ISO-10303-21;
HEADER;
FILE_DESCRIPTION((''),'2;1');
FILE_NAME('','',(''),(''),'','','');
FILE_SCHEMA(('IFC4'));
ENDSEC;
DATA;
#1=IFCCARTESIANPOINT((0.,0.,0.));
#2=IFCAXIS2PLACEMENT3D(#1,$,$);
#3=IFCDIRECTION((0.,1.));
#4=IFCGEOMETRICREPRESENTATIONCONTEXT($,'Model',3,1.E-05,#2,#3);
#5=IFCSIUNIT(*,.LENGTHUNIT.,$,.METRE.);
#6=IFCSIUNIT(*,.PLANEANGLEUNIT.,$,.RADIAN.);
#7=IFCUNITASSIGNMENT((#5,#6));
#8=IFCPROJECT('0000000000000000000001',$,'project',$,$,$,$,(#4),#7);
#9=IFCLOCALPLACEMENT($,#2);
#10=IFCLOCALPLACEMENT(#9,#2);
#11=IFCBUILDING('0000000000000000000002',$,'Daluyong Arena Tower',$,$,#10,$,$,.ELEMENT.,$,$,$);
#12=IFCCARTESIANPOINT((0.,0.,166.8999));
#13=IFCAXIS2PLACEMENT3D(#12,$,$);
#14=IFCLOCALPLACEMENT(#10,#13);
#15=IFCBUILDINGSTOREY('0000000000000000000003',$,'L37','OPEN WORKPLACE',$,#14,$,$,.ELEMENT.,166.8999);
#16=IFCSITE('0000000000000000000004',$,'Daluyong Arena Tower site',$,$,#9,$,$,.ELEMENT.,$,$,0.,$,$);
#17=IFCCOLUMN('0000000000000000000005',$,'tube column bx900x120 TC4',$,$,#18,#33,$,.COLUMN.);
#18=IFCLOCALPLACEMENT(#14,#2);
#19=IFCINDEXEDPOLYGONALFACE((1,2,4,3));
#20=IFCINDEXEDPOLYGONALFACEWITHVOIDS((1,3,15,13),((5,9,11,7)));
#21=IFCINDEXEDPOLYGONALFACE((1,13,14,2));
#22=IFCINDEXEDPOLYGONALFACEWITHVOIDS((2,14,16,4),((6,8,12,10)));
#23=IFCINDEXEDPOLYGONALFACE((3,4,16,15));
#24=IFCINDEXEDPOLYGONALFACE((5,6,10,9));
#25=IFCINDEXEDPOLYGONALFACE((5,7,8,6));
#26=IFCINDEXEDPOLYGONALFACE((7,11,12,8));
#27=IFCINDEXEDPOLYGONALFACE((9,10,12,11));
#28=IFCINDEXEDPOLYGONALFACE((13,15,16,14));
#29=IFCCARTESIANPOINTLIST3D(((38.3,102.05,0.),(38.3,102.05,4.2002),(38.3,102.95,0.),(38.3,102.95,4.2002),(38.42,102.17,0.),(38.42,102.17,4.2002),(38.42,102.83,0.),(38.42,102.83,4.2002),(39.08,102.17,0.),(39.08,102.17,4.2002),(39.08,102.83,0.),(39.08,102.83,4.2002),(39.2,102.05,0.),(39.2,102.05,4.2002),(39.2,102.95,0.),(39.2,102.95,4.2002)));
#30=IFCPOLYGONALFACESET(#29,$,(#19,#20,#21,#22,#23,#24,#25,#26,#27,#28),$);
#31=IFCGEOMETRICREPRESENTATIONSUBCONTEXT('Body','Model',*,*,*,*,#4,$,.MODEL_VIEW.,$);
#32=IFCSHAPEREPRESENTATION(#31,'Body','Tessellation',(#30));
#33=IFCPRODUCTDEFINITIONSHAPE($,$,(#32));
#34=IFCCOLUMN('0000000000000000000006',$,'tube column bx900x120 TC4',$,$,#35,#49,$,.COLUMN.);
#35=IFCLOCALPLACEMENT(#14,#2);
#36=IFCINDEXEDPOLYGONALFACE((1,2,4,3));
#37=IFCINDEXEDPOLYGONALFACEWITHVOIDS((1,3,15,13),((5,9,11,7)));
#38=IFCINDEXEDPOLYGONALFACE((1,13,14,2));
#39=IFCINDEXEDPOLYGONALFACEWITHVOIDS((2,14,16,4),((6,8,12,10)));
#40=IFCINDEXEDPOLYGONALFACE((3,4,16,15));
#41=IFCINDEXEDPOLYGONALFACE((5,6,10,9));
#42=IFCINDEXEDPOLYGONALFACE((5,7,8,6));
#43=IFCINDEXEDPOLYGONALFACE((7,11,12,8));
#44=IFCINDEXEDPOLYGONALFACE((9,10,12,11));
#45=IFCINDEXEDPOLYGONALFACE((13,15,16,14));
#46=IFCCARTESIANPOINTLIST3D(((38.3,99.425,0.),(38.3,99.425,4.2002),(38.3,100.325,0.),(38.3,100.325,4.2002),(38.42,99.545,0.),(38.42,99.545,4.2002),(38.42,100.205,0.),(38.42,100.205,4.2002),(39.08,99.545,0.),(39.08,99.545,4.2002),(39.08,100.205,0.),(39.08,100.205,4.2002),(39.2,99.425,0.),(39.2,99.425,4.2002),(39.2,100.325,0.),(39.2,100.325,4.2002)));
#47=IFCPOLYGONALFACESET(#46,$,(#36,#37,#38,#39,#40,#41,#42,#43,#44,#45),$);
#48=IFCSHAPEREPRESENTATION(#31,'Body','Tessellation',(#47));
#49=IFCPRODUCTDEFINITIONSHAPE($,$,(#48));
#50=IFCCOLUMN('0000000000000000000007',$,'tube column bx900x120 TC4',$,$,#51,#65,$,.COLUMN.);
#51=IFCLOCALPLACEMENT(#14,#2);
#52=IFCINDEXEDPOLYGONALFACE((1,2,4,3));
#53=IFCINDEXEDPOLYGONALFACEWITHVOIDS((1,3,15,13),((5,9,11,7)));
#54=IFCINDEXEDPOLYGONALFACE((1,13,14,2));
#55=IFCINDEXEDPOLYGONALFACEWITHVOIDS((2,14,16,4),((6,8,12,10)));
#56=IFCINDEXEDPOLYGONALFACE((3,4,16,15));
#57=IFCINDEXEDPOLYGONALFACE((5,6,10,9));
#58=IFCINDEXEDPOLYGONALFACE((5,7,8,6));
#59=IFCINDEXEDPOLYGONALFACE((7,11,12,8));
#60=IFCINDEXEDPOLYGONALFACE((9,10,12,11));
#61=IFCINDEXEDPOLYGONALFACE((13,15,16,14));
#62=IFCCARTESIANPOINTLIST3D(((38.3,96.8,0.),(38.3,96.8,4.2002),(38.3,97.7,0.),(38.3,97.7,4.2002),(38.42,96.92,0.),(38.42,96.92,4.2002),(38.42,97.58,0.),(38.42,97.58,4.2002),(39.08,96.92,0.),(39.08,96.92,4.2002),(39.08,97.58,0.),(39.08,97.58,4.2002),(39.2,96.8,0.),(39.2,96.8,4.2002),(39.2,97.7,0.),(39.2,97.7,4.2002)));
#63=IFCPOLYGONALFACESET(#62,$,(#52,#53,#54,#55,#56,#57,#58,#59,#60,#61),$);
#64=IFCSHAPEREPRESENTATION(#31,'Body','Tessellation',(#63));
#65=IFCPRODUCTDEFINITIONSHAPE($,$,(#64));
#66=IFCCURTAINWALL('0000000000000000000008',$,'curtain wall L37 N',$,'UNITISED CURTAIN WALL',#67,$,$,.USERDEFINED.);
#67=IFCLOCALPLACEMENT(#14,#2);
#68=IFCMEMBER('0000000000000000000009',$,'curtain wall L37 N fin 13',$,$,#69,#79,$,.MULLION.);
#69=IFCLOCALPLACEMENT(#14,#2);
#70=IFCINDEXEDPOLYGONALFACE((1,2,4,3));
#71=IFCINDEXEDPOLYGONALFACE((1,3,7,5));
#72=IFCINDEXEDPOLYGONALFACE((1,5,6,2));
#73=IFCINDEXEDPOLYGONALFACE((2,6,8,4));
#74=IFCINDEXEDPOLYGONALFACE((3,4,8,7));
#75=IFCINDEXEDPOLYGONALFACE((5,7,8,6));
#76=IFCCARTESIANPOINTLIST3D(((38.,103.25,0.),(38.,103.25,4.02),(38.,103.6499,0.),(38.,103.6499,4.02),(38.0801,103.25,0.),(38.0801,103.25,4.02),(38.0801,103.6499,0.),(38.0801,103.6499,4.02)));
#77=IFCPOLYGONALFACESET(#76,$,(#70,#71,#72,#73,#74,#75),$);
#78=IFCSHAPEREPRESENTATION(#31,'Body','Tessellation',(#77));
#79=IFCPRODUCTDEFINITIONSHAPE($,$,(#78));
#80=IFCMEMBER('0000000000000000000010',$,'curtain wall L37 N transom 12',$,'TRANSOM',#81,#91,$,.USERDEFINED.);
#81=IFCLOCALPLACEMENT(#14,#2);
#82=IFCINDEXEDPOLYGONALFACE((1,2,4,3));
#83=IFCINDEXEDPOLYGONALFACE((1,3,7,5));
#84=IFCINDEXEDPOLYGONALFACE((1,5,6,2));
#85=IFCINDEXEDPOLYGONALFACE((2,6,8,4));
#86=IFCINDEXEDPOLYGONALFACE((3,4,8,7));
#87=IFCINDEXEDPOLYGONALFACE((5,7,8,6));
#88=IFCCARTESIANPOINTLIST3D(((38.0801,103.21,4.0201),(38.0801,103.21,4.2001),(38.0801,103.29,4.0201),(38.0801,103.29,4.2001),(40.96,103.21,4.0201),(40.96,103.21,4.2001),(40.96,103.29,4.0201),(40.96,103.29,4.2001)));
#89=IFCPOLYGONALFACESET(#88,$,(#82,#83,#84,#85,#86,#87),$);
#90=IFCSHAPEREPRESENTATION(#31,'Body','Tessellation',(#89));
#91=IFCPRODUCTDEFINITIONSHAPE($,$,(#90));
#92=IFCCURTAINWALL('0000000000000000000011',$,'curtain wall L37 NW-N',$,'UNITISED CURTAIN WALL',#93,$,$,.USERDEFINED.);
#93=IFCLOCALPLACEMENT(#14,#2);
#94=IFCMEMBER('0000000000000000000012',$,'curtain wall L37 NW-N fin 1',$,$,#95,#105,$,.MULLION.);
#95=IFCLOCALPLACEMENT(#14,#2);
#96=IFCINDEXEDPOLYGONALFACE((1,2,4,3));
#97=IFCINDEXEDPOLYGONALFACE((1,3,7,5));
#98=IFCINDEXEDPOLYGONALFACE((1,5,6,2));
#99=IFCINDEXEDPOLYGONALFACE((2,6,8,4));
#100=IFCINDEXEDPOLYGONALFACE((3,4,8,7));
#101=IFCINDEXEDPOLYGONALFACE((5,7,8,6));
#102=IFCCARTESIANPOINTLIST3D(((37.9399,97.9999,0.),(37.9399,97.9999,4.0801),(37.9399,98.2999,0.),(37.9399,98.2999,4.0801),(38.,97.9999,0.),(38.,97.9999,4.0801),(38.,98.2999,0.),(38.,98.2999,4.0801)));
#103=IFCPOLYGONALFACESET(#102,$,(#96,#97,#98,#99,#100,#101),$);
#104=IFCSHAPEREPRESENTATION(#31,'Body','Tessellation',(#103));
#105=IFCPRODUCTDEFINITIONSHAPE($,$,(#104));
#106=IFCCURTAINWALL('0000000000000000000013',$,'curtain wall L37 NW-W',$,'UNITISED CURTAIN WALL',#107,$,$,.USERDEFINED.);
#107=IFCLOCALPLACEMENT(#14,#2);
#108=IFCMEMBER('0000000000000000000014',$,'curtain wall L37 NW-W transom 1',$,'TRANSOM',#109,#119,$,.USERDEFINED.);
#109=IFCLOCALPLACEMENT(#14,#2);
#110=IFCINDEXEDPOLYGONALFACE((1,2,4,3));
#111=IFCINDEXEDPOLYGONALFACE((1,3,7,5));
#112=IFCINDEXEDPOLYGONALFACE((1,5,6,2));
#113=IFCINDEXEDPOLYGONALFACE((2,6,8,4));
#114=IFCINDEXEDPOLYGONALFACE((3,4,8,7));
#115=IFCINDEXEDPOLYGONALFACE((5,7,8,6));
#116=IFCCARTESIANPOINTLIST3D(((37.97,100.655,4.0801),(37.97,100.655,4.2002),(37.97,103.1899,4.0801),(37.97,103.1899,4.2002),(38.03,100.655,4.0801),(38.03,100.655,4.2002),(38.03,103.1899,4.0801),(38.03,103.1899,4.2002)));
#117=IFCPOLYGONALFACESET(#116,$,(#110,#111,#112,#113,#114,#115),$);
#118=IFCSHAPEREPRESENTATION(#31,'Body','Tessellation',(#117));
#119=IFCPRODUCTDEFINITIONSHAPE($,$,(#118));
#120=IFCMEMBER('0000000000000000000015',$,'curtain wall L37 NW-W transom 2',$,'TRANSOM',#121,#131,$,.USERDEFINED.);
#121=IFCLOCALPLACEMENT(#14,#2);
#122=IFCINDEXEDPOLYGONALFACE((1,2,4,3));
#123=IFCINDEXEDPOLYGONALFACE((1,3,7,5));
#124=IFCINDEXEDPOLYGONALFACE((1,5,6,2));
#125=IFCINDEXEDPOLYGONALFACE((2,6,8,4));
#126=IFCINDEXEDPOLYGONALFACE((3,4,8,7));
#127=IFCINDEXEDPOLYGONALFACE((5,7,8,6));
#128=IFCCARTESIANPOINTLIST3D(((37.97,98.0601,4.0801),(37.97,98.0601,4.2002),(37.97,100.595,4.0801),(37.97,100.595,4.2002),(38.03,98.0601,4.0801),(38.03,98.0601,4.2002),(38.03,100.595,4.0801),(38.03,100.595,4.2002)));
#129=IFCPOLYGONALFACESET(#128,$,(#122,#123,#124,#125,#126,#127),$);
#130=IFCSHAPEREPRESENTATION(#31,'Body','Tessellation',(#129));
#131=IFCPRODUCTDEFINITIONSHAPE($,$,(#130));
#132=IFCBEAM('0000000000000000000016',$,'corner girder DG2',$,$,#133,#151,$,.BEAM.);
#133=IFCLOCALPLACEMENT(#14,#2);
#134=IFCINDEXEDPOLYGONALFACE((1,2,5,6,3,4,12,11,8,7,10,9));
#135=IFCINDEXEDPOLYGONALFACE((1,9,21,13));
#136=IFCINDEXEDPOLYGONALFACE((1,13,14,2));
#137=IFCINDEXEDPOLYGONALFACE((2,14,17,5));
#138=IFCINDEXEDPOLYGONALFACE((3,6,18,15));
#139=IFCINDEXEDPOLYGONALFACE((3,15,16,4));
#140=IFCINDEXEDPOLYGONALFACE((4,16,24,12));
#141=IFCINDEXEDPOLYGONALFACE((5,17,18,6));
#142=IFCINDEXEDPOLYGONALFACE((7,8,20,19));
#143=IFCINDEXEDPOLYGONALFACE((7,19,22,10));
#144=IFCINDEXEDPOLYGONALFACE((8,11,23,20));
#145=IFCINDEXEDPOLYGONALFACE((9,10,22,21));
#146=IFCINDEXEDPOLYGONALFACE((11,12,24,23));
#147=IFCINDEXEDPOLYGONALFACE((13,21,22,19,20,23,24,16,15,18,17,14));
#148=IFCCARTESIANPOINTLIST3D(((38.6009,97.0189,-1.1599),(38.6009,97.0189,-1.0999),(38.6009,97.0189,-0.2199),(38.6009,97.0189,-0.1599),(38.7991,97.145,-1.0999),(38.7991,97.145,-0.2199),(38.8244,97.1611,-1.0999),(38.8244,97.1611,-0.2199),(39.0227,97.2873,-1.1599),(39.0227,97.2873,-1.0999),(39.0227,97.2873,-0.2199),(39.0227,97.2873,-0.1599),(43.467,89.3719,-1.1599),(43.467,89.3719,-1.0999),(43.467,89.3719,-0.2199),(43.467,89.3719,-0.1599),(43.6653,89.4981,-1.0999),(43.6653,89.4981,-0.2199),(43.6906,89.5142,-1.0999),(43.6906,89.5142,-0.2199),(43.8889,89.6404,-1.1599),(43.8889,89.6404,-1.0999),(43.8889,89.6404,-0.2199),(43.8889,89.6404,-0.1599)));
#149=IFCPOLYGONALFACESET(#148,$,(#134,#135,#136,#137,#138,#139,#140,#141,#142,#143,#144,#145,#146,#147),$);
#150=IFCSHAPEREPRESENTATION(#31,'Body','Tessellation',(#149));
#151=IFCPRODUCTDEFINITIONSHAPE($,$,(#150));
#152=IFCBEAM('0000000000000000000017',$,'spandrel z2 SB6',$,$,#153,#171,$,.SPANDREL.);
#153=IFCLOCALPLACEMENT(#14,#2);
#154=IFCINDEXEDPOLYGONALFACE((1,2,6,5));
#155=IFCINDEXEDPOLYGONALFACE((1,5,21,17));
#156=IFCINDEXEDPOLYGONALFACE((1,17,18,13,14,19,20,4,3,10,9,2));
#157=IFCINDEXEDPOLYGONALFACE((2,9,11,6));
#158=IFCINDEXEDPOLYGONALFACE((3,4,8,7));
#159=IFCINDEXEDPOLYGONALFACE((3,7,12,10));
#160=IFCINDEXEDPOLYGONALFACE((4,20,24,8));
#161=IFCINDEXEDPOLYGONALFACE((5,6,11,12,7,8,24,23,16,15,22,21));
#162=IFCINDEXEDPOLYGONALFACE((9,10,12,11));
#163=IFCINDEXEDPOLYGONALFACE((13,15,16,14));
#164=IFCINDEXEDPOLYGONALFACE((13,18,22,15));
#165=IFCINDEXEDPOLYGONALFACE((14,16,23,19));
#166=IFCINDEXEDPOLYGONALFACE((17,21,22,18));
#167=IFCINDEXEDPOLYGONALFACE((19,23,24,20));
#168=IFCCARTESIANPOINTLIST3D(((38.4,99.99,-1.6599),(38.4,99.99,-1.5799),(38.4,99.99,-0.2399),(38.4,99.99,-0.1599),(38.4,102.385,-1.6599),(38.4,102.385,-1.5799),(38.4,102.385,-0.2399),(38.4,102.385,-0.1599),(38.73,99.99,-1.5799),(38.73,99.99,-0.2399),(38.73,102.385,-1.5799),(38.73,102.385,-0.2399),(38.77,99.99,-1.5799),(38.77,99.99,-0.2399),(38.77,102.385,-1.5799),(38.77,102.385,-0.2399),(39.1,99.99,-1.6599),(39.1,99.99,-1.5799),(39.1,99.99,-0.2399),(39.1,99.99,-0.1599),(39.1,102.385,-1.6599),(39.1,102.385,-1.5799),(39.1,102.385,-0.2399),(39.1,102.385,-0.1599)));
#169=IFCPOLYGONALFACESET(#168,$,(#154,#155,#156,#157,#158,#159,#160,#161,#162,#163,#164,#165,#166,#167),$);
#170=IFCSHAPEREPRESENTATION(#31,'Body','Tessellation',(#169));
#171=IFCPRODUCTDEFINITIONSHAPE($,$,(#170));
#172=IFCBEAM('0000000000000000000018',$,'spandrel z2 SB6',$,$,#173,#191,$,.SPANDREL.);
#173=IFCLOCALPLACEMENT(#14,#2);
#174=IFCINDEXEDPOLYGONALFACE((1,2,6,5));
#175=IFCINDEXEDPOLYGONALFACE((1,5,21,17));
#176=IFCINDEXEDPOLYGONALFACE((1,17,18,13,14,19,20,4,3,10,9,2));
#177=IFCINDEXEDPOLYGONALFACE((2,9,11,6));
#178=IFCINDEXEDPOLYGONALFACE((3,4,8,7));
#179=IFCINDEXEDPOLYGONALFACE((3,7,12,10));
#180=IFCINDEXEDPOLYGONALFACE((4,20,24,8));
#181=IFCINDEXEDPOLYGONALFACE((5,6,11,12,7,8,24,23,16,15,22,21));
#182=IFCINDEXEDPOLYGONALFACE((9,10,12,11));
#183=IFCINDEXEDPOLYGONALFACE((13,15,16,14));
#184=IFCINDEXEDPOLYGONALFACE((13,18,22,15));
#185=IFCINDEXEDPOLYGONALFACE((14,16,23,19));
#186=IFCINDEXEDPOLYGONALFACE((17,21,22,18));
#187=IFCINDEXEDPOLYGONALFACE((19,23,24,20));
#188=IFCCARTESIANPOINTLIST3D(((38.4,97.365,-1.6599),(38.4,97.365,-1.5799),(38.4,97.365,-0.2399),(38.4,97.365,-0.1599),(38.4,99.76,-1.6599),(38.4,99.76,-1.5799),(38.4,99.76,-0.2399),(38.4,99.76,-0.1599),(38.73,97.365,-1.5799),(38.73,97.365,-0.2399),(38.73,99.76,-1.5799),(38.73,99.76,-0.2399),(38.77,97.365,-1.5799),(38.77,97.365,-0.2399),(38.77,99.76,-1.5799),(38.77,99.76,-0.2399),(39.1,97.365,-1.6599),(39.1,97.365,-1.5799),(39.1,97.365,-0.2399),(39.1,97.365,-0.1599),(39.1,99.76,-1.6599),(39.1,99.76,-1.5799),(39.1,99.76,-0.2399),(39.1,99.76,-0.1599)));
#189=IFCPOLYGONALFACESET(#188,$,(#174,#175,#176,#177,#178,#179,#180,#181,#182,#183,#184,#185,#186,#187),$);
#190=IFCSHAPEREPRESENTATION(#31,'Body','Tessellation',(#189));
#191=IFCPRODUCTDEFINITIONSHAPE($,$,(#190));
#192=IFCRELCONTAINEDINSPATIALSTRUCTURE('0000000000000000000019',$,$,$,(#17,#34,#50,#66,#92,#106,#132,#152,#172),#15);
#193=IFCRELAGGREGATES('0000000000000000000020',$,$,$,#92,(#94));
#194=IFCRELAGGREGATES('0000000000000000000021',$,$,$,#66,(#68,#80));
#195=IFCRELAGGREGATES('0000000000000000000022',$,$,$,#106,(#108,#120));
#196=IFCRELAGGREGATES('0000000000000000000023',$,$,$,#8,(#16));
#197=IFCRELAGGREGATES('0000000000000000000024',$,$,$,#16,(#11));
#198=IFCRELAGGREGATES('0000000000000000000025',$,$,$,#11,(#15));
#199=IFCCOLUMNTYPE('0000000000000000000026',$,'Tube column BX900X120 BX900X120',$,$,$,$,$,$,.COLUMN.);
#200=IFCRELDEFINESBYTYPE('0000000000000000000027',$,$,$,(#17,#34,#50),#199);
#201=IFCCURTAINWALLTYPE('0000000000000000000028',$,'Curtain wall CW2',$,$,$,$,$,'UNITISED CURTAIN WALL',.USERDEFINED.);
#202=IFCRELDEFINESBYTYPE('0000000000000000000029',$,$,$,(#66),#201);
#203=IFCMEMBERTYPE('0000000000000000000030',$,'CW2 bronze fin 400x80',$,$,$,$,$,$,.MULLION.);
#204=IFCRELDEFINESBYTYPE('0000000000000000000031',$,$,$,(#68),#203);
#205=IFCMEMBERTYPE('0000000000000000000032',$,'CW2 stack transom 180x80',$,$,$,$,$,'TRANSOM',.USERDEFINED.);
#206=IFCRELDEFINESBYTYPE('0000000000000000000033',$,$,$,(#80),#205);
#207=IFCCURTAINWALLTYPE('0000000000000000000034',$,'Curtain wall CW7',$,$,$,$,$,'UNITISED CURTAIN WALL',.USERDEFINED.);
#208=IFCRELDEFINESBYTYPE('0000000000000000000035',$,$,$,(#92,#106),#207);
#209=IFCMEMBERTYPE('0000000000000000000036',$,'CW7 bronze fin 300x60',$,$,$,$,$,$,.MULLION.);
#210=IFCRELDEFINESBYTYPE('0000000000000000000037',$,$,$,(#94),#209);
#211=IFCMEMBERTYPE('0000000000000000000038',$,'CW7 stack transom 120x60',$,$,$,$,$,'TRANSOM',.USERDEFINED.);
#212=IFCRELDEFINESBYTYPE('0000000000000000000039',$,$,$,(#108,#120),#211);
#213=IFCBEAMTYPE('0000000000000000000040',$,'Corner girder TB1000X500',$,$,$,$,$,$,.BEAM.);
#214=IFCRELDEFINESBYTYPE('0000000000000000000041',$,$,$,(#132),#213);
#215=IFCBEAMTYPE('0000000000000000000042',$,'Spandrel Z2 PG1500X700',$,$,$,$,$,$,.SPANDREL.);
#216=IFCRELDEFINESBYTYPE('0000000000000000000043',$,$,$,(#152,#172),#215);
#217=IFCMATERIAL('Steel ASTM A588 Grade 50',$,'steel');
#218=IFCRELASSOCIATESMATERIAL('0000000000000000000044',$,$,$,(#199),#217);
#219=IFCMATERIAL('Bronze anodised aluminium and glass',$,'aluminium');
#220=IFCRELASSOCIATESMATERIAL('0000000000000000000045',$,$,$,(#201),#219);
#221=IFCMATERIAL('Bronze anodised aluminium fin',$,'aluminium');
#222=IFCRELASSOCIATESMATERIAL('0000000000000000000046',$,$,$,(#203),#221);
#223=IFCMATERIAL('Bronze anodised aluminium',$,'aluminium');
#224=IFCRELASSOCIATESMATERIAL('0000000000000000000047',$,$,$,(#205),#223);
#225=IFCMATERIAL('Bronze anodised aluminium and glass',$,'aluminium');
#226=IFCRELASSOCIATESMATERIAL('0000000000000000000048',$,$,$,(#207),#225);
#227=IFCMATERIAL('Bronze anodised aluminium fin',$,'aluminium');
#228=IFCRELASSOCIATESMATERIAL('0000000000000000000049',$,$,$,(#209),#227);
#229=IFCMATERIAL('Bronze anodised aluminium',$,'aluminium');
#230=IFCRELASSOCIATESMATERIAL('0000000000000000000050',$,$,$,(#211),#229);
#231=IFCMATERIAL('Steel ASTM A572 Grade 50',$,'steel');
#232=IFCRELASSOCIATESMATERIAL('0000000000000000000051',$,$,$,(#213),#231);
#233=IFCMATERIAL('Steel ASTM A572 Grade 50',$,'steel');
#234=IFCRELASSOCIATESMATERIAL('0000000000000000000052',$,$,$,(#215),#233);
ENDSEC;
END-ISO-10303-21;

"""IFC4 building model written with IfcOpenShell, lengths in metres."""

from ifc_helpers import new_model, si_unit, direction, frame, origin, origin_2d, place, context, subcontext, project, spatial, rectangle, hollow_rectangle, i_section, extrude, material, material_profile, profile_set, type_object, element, aggregate, save


model = new_model("IFC4")

# Units and contexts
model_context = context("Model", 3, precision=1e-05, world=origin(), true_north=direction((0.0, 1.0)))
body_context = subcontext(model_context, "Body", "Model", "MODEL_VIEW")
ifc_project = project(units=[si_unit("LENGTHUNIT", "METRE"), si_unit("PLANEANGLEUNIT", "RADIAN")], contexts=[model_context])

# Site, building, storey
site_placement = place(None, origin())
site = spatial("IfcSite", under=ifc_project, at=site_placement, Name="Daluyong Arena Tower site", CompositionType="ELEMENT", RefElevation=0.0)
building_placement = place(site_placement, origin())
building = spatial("IfcBuilding", under=site, at=building_placement, Name="Daluyong Arena Tower", CompositionType="ELEMENT")
storey_placement = place(building_placement, frame((0.0, 0.0, 166.8999)))
storey = spatial("IfcBuildingStorey", under=building, at=storey_placement, Name="L37", Description="OPEN WORKPLACE", CompositionType="ELEMENT", Elevation=166.8999)

# Columns
ifc_material_1 = material(Name="Steel ASTM A588 Grade 50", Category="steel")
ifc_material_profile_1 = material_profile(ifc_material_1, hollow_rectangle(XDim=0.8999, YDim=0.8999, WallThickness=0.12, at=origin_2d()))
ifc_profile_set_1 = profile_set([ifc_material_profile_1], Name="Steel ASTM A588 Grade 50")
column_type = type_object("IfcColumnType", Name="Tube column BX900X120 BX900X120", PredefinedType="COLUMN", material=ifc_profile_set_1)
for number, where, z_axis, x_axis, name in (
    (1, (38.75, 102.5, 0.0), (0.0, 0.0, 1.0), (0.0, 1.0, 0.0), "tube column bx900x120 TC4"),
    (2, (38.75, 99.875, 0.0), (0.0, 0.0, 1.0), (0.0, 1.0, 0.0), "tube column bx900x120 TC4"),
    (3, (38.75, 97.25, 0.0), (0.0, 0.0, 1.0), (1.0, 0.0, 0.0), "tube column bx900x120 TC4"),
):
    element("IfcColumn", number, at=place(storey_placement, frame(where, z_axis=z_axis, x_axis=x_axis)), inside=storey, type_object=column_type, Name=name, PredefinedType="COLUMN", context=body_context, shape_type="SweptSolid", body=[
        extrude(hollow_rectangle(XDim=0.8999, YDim=0.8999, WallThickness=0.12, at=origin_2d()), origin(), (0.0, 0.0, 1.0), 4.2002),
    ])

# Curtain wall, members
ifc_material_2 = material(Name="Bronze anodised aluminium and glass", Category="aluminium")
curtain_wall_type_1 = type_object("IfcCurtainWallType", Name="Curtain wall CW2", ElementType="UNITISED CURTAIN WALL", PredefinedType="USERDEFINED", material=ifc_material_2)
curtain_wall_1_placement = place(storey_placement, origin())
curtain_wall_1 = element("IfcCurtainWall", 4, at=curtain_wall_1_placement, inside=storey, type_object=curtain_wall_type_1, Name="curtain wall L37 N", ObjectType="UNITISED CURTAIN WALL", PredefinedType="USERDEFINED")
ifc_material_3 = material(Name="Bronze anodised aluminium fin", Category="aluminium")
ifc_material_profile_2 = material_profile(ifc_material_3, rectangle(XDim=0.3999, YDim=0.0801, at=origin_2d()))
ifc_profile_set_2 = profile_set([ifc_material_profile_2], Name="Bronze anodised aluminium fin")
member_type_1 = type_object("IfcMemberType", Name="CW2 bronze fin 400x80", PredefinedType="MULLION", material=ifc_profile_set_2)
member_1_placement = place(storey_placement, frame((38.04, 103.45, 0.0), z_axis=(0.0, 0.0, 1.0), x_axis=(0.0, -1.0, 0.0)))
member_1 = element("IfcMember", 5, at=member_1_placement, type_object=member_type_1, Name="curtain wall L37 N fin 13", PredefinedType="MULLION", context=body_context, shape_type="SweptSolid", body=[
    extrude(rectangle(XDim=0.3999, YDim=0.0801, at=origin_2d()), origin(), (0.0, 0.0, 1.0), 4.02),
])
ifc_material_4 = material(Name="Bronze anodised aluminium", Category="aluminium")
ifc_material_profile_3 = material_profile(ifc_material_4, rectangle(XDim=0.0801, YDim=0.1799, at=origin_2d()))
ifc_profile_set_3 = profile_set([ifc_material_profile_3], Name="Bronze anodised aluminium")
member_type_2 = type_object("IfcMemberType", Name="CW2 stack transom 180x80", ElementType="TRANSOM", PredefinedType="USERDEFINED", material=ifc_profile_set_3)
member_2_placement = place(storey_placement, frame((40.96, 103.25, 4.1101), z_axis=(-1.0, 0.0, 0.0), x_axis=(0.0, -1.0, 0.0)))
member_2 = element("IfcMember", 6, at=member_2_placement, type_object=member_type_2, Name="curtain wall L37 N transom 12", ObjectType="TRANSOM", PredefinedType="USERDEFINED", context=body_context, shape_type="SweptSolid", body=[
    extrude(rectangle(XDim=0.0801, YDim=0.1799, at=origin_2d()), origin(), (0.0, 0.0, 1.0), 2.8799),
])

# Curtain wall, member
ifc_material_5 = material(Name="Bronze anodised aluminium and glass", Category="aluminium")
curtain_wall_type_2 = type_object("IfcCurtainWallType", Name="Curtain wall CW7", ElementType="UNITISED CURTAIN WALL", PredefinedType="USERDEFINED", material=ifc_material_5)
curtain_wall_2_placement = place(storey_placement, origin())
curtain_wall_2 = element("IfcCurtainWall", 7, at=curtain_wall_2_placement, inside=storey, type_object=curtain_wall_type_2, Name="curtain wall L37 NW-N", ObjectType="UNITISED CURTAIN WALL", PredefinedType="USERDEFINED")
ifc_material_6 = material(Name="Bronze anodised aluminium fin", Category="aluminium")
ifc_material_profile_4 = material_profile(ifc_material_6, rectangle(XDim=0.3, YDim=0.0601, at=origin_2d()))
ifc_profile_set_4 = profile_set([ifc_material_profile_4], Name="Bronze anodised aluminium fin")
member_type_3 = type_object("IfcMemberType", Name="CW7 bronze fin 300x60", PredefinedType="MULLION", material=ifc_profile_set_4)
member_3_placement = place(storey_placement, frame((37.97, 98.1499, 0.0), z_axis=(0.0, 0.0, 1.0), x_axis=(0.0, -1.0, 0.0)))
member_3 = element("IfcMember", 8, at=member_3_placement, type_object=member_type_3, Name="curtain wall L37 NW-N fin 1", PredefinedType="MULLION", context=body_context, shape_type="SweptSolid", body=[
    extrude(rectangle(XDim=0.3, YDim=0.0601, at=origin_2d()), origin(), (0.0, 0.0, 1.0), 4.0801),
])
aggregate(curtain_wall_2, [member_3])

# Curtain wall, members
curtain_wall_3_placement = place(storey_placement, origin())
curtain_wall_3 = element("IfcCurtainWall", 9, at=curtain_wall_3_placement, inside=storey, type_object=curtain_wall_type_2, Name="curtain wall L37 NW-W", ObjectType="UNITISED CURTAIN WALL", PredefinedType="USERDEFINED")
ifc_material_7 = material(Name="Bronze anodised aluminium", Category="aluminium")
ifc_material_profile_5 = material_profile(ifc_material_7, rectangle(XDim=0.0601, YDim=0.1201, at=origin_2d()))
ifc_profile_set_5 = profile_set([ifc_material_profile_5], Name="Bronze anodised aluminium")
member_type_4 = type_object("IfcMemberType", Name="CW7 stack transom 120x60", ElementType="TRANSOM", PredefinedType="USERDEFINED", material=ifc_profile_set_5)
member_4_placement = place(storey_placement, frame((38.0, 103.1899, 4.1401), z_axis=(0.0, -1.0, 0.0), x_axis=(1.0, 0.0, 0.0)))
member_4 = element("IfcMember", 10, at=member_4_placement, type_object=member_type_4, Name="curtain wall L37 NW-W transom 1", ObjectType="TRANSOM", PredefinedType="USERDEFINED", context=body_context, shape_type="SweptSolid", body=[
    extrude(rectangle(XDim=0.0601, YDim=0.1201, at=origin_2d()), origin(), (0.0, 0.0, 1.0), 2.5349),
])
member_5_placement = place(storey_placement, frame((38.0, 100.595, 4.1401), z_axis=(0.0, -1.0, 0.0), x_axis=(1.0, 0.0, 0.0)))
member_5 = element("IfcMember", 11, at=member_5_placement, type_object=member_type_4, Name="curtain wall L37 NW-W transom 2", ObjectType="TRANSOM", PredefinedType="USERDEFINED", context=body_context, shape_type="SweptSolid", body=[
    extrude(rectangle(XDim=0.0601, YDim=0.1201, at=origin_2d()), origin(), (0.0, 0.0, 1.0), 2.5349),
])

# Beams
ifc_material_8 = material(Name="Steel ASTM A572 Grade 50", Category="steel")
ifc_material_profile_6 = material_profile(ifc_material_8, i_section(OverallWidth=0.5, OverallDepth=1.0, WebThickness=0.03, FlangeThickness=0.06, at=origin_2d()))
ifc_profile_set_6 = profile_set([ifc_material_profile_6], Name="Steel ASTM A572 Grade 50")
beam_type_1 = type_object("IfcBeamType", Name="Corner girder TB1000X500", PredefinedType="BEAM", material=ifc_profile_set_6)
beam_placement = place(storey_placement, frame((38.8118, 97.1531, -0.6599), z_axis=(0.536872, -0.843664, 0.0), x_axis=(0.843664, 0.536872, 0.0)))
element("IfcBeam", 12, at=beam_placement, inside=storey, type_object=beam_type_1, Name="corner girder DG2", PredefinedType="BEAM", context=body_context, shape_type="SweptSolid", body=[
    extrude(i_section(OverallWidth=0.5, OverallDepth=1.0, WebThickness=0.03, FlangeThickness=0.06, at=origin_2d()), origin(), (0.0, 0.0, 1.0), 9.064),
])
ifc_material_9 = material(Name="Steel ASTM A572 Grade 50", Category="steel")
ifc_material_profile_7 = material_profile(ifc_material_9, i_section(OverallWidth=0.7, OverallDepth=1.5, WebThickness=0.04, FlangeThickness=0.08, at=origin_2d()))
ifc_profile_set_7 = profile_set([ifc_material_profile_7], Name="Steel ASTM A572 Grade 50")
beam_type_2 = type_object("IfcBeamType", Name="Spandrel Z2 PG1500X700", PredefinedType="SPANDREL", material=ifc_profile_set_7)
for number, where, z_axis, x_axis, name in (
    (13, (38.75, 102.385, -0.9099), (0.0, -1.0, 0.0), (1.0, 0.0, 0.0), "spandrel z2 SB6"),
    (14, (38.75, 99.76, -0.9099), (0.0, -1.0, 0.0), (1.0, 0.0, 0.0), "spandrel z2 SB6"),
):
    element("IfcBeam", number, at=place(storey_placement, frame(where, z_axis=z_axis, x_axis=x_axis)), inside=storey, type_object=beam_type_2, Name=name, PredefinedType="SPANDREL", context=body_context, shape_type="SweptSolid", body=[
        extrude(i_section(OverallWidth=0.7, OverallDepth=1.5, WebThickness=0.04, FlangeThickness=0.08, at=origin_2d()), origin(), (0.0, 0.0, 1.0), 2.395),
    ])

aggregate(curtain_wall_1, [member_1, member_2])
aggregate(curtain_wall_3, [member_4, member_5])

save(model, "model.ifc")
